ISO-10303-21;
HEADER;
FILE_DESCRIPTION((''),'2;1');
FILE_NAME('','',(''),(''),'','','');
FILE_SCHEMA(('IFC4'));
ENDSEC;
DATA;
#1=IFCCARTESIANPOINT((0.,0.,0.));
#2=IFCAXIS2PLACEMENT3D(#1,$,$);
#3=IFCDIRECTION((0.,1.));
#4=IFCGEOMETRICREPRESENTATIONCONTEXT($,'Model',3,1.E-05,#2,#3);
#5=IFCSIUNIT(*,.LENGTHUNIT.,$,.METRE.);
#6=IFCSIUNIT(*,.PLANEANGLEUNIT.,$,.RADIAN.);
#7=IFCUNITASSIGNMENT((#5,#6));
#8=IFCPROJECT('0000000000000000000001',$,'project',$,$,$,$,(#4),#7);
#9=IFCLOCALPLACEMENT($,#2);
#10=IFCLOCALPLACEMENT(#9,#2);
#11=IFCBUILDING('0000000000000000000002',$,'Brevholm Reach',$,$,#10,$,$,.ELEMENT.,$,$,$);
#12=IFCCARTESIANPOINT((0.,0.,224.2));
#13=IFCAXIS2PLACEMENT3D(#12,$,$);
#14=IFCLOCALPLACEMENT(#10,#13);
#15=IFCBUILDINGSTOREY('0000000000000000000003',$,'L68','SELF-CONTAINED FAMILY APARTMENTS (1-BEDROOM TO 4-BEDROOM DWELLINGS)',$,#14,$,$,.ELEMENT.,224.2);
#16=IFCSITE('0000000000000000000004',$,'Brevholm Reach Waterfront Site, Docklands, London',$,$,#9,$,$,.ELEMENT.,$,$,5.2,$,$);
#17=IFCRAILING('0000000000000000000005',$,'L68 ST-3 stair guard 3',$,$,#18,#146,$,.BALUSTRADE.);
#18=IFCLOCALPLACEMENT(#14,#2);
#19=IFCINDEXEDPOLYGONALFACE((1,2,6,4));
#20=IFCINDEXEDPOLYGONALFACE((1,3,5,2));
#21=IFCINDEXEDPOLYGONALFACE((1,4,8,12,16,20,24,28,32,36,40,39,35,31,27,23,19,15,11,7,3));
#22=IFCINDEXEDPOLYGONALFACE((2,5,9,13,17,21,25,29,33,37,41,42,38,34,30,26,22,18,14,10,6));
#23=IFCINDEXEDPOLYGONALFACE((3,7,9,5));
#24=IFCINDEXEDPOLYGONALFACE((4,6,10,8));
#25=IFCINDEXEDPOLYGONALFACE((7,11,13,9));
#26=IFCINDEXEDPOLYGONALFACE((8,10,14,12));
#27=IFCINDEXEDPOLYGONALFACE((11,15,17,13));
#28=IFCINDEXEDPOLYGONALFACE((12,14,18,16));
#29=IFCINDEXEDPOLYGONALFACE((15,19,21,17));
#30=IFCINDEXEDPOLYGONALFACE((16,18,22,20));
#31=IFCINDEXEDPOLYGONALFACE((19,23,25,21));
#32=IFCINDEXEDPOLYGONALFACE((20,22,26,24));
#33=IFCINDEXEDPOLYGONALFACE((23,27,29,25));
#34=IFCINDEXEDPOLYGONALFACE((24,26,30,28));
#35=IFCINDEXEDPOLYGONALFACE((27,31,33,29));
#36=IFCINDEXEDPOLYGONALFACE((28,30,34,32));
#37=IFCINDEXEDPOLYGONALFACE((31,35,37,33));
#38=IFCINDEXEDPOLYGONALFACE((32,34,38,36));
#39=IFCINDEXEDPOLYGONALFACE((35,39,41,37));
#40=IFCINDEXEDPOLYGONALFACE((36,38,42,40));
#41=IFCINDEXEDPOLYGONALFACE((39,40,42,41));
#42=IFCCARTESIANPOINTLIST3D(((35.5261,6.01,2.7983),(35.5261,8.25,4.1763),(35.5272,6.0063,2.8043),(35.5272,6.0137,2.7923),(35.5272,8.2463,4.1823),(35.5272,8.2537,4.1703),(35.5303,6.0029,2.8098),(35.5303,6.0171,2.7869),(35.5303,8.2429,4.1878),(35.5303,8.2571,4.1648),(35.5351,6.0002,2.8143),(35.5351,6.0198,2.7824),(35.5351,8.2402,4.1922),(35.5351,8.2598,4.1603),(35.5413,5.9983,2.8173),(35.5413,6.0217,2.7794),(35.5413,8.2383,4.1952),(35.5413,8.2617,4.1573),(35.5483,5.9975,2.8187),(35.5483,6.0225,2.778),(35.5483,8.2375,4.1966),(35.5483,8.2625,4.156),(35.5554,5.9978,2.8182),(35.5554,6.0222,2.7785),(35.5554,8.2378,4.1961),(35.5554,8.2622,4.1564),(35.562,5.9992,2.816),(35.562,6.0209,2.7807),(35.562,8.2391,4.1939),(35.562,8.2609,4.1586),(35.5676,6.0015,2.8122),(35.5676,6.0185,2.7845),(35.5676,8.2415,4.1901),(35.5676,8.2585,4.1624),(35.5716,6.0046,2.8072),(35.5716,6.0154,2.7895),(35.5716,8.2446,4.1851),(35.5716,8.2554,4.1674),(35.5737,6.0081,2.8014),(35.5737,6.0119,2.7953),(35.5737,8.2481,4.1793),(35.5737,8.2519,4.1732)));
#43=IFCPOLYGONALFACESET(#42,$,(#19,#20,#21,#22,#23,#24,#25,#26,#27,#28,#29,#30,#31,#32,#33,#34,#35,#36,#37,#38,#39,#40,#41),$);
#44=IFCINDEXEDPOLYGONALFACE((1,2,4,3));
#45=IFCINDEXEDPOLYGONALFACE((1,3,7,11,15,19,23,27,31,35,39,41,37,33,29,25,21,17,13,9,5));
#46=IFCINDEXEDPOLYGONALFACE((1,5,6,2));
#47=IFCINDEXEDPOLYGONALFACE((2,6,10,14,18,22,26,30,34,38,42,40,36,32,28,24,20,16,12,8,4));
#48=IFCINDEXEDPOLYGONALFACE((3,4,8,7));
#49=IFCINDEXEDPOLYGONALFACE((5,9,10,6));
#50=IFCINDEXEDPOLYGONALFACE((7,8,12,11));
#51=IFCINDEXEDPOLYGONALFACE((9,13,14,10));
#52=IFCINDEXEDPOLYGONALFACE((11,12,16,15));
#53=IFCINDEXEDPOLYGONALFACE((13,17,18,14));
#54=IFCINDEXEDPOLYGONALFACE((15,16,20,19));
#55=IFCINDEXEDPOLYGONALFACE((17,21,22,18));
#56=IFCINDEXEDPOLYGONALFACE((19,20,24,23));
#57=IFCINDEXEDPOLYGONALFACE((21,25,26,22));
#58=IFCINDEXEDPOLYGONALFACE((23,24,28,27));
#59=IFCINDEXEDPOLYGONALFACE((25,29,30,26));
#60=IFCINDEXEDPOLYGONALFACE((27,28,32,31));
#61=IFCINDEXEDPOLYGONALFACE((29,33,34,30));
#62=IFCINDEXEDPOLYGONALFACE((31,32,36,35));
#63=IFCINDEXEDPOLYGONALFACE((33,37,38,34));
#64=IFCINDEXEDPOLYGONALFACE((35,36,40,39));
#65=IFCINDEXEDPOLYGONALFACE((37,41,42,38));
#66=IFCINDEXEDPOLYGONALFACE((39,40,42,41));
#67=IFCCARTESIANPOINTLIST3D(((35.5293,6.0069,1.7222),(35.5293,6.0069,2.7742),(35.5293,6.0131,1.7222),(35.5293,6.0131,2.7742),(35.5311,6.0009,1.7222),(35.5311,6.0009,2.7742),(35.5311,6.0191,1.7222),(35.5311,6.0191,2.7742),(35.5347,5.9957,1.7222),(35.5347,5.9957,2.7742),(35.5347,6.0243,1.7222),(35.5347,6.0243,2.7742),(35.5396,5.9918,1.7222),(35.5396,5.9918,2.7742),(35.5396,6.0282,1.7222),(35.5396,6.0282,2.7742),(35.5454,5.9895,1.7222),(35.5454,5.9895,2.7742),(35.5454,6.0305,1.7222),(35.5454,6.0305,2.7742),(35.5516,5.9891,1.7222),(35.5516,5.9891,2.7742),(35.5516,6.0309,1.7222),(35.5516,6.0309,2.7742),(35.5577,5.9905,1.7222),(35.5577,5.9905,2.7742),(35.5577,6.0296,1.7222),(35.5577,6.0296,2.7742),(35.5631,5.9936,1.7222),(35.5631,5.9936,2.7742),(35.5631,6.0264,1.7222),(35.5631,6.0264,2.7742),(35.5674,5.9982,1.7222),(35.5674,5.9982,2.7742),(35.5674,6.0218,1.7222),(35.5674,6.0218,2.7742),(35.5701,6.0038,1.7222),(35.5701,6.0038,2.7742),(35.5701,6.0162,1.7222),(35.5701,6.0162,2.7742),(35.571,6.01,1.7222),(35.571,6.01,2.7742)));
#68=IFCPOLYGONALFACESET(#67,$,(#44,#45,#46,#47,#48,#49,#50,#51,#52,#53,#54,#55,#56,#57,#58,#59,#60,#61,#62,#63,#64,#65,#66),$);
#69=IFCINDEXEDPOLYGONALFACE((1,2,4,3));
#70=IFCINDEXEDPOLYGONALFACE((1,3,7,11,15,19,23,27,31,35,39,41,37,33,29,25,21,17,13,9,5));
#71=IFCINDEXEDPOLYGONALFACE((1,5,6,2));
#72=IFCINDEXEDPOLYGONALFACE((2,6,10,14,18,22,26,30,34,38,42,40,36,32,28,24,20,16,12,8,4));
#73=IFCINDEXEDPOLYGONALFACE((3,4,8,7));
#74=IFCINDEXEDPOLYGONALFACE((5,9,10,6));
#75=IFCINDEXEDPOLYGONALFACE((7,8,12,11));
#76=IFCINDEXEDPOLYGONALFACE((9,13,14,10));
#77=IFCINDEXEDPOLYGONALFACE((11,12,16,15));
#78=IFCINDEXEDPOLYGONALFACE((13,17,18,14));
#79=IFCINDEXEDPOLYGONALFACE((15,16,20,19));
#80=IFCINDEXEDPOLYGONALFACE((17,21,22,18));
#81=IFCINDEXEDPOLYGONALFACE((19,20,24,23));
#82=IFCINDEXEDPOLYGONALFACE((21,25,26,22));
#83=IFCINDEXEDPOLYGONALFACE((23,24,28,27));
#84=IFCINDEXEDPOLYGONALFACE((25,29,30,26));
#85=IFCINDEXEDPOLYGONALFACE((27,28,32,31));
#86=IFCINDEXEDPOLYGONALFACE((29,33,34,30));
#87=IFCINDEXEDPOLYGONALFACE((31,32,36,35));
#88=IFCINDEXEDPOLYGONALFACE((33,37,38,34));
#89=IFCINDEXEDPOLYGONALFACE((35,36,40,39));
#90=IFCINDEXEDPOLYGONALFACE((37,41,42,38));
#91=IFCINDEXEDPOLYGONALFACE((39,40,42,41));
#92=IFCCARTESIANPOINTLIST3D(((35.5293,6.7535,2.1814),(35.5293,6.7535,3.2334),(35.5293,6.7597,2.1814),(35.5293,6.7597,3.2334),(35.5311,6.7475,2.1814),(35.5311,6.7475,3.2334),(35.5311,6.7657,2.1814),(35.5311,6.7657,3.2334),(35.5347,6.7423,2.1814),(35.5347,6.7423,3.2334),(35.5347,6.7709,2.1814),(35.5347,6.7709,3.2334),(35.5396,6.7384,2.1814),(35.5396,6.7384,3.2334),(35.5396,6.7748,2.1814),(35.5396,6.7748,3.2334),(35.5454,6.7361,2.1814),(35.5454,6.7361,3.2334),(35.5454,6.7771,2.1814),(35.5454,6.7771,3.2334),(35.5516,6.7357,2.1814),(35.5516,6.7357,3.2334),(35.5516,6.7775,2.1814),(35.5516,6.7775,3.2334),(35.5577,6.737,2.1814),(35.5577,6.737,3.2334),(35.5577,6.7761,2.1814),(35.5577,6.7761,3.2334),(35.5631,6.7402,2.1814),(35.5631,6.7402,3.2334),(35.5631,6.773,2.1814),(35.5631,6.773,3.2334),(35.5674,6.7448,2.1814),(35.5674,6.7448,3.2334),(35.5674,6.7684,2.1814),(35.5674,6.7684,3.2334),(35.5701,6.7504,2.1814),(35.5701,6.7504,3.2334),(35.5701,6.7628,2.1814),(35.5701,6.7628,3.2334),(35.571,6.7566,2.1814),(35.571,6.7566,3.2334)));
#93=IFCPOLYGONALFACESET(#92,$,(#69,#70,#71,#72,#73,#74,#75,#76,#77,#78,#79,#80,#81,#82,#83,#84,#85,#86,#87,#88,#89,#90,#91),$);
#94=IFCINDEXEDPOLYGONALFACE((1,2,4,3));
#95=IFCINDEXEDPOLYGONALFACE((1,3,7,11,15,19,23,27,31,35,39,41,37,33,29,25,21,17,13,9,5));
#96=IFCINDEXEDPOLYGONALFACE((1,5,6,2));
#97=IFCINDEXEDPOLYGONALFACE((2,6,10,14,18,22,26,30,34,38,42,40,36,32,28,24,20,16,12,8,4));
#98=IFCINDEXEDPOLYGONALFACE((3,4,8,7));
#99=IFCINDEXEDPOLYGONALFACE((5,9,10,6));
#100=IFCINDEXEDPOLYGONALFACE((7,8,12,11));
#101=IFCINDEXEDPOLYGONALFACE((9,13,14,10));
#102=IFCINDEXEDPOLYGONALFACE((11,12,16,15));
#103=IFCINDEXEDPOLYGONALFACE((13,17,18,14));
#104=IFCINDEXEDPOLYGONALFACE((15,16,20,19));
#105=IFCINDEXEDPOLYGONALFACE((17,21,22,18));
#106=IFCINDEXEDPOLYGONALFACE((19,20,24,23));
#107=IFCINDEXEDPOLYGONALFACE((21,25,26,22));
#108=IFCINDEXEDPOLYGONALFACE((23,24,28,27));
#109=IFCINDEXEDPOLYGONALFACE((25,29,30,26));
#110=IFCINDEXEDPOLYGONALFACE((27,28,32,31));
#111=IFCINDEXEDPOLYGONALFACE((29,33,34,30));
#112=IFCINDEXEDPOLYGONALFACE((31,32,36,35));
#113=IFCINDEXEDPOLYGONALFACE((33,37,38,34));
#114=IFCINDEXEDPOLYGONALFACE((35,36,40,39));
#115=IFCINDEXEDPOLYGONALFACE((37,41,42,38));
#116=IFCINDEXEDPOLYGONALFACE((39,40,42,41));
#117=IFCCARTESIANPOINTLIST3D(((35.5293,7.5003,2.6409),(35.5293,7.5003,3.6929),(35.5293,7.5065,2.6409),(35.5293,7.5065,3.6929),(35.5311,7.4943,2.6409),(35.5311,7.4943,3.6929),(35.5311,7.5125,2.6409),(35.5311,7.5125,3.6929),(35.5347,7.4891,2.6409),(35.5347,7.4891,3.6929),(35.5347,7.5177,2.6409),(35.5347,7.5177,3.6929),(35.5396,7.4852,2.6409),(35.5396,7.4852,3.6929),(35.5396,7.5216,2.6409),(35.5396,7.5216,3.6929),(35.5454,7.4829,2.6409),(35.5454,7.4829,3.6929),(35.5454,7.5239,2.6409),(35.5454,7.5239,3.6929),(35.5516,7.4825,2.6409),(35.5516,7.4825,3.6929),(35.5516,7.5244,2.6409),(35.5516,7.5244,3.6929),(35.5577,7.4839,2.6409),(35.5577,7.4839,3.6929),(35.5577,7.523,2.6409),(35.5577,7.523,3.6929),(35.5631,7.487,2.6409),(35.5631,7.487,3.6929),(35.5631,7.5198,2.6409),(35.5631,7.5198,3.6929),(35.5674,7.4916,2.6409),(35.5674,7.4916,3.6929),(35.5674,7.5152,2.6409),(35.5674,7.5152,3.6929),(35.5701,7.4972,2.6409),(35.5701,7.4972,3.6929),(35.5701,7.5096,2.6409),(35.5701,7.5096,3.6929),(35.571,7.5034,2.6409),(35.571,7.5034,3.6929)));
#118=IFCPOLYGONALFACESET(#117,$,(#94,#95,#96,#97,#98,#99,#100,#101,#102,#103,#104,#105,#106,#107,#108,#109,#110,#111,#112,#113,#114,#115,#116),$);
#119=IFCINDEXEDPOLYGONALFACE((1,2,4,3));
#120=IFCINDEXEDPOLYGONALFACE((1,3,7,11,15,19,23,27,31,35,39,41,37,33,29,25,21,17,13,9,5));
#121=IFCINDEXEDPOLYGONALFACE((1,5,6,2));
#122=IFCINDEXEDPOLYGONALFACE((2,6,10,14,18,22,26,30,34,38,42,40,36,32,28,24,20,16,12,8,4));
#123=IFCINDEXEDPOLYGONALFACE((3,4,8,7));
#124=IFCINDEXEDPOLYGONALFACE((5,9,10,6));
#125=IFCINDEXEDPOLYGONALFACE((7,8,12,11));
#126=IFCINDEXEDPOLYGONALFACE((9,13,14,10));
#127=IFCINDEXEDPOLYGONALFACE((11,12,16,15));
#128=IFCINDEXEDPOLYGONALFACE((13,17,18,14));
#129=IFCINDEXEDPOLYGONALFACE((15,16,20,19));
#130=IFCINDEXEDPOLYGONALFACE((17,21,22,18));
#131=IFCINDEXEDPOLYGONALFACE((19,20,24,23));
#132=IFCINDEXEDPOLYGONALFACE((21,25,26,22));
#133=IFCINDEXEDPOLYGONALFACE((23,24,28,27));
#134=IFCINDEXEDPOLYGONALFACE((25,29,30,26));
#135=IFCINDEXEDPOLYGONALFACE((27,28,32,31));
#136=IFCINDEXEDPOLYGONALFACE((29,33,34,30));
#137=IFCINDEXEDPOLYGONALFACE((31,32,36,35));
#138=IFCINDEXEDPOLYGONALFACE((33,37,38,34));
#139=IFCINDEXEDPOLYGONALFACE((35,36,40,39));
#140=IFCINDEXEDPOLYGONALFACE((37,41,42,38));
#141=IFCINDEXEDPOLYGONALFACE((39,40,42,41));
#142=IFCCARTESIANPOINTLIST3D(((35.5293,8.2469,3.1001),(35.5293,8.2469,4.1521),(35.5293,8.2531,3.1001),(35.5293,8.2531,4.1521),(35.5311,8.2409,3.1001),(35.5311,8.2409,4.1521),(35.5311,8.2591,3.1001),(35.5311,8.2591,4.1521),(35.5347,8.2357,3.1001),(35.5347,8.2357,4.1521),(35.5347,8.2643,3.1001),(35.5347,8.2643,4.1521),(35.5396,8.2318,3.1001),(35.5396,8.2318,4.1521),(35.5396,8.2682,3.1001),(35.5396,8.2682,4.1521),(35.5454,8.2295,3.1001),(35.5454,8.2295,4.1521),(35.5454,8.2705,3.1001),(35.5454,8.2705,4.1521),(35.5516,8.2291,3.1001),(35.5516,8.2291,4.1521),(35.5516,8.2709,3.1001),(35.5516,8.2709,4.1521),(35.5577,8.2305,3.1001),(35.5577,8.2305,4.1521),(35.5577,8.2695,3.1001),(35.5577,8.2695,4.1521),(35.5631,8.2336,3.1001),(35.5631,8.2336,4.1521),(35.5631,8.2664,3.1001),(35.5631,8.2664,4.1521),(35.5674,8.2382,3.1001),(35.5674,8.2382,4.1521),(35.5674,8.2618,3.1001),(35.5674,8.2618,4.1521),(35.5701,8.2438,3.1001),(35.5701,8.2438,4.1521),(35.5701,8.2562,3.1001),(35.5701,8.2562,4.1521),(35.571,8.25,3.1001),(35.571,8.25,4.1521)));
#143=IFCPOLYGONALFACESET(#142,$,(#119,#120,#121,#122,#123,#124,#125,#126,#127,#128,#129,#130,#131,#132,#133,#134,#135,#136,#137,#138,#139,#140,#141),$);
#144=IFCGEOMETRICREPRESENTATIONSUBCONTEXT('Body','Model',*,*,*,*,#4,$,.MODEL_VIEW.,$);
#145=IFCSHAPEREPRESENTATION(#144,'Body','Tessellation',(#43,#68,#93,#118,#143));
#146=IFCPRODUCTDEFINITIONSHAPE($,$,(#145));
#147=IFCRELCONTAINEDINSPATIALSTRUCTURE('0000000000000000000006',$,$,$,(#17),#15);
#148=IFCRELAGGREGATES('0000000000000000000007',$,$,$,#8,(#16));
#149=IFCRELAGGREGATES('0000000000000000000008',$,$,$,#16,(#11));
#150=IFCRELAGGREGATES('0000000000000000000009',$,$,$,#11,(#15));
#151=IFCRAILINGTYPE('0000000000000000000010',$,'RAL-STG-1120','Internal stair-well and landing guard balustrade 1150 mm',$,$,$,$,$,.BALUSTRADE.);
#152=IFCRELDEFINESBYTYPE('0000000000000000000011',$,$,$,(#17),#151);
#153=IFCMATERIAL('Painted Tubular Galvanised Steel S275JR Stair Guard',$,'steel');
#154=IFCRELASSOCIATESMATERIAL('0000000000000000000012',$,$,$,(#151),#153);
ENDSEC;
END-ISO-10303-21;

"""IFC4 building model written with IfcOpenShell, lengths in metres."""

from ifc_helpers import new_model, si_unit, direction, frame, origin, origin_2d, place, context, subcontext, project, spatial, circle, extrude, material, type_object, element, save


model = new_model("IFC4")

# Units and contexts
model_context = context("Model", 3, precision=1e-05, world=origin(), true_north=direction((0.0, 1.0)))
body_context = subcontext(model_context, "Body", "Model", "MODEL_VIEW")
ifc_project = project(units=[si_unit("LENGTHUNIT", "METRE"), si_unit("PLANEANGLEUNIT", "RADIAN")], contexts=[model_context])

# Site, building, storey
site_placement = place(None, origin())
site = spatial("IfcSite", under=ifc_project, at=site_placement, Name="Brevholm Reach Waterfront Site, Docklands, London", CompositionType="ELEMENT", RefElevation=5.2)
building_placement = place(site_placement, origin())
building = spatial("IfcBuilding", under=site, at=building_placement, Name="Brevholm Reach", CompositionType="ELEMENT")
storey_placement = place(building_placement, frame((0.0, 0.0, 224.2)))
storey = spatial("IfcBuildingStorey", under=building, at=storey_placement, Name="L68", Description="SELF-CONTAINED FAMILY APARTMENTS (1-BEDROOM TO 4-BEDROOM DWELLINGS)", CompositionType="ELEMENT", Elevation=224.2)

# Railing
ifc_material_1 = material(Name="Painted Tubular Galvanised Steel S275JR Stair Guard", Category="steel")
railing_type_1 = type_object("IfcRailingType", Name="RAL-STG-1120", Description="Internal stair-well and landing guard balustrade 1150 mm", PredefinedType="BALUSTRADE", material=ifc_material_1)
railing_1_placement = place(storey_placement, frame((35.55, 6.01, 1.7222)))
element("IfcRailing", 1, at=railing_1_placement, inside=storey, type_object=railing_type_1, Name="L68 ST-3 stair guard 3", PredefinedType="BALUSTRADE", context=body_context, shape_type="SweptSolid", body=[
    extrude(circle(Radius=0.0239, at=origin_2d()), frame((0.0, 0.0, 1.0762), z_axis=(0.0, 0.851748, 0.523952), x_axis=(-1.0, 0.0, 0.0)), (0.0, 0.0, 1.0), 2.6299),
    extrude(circle(Radius=0.021, at=origin_2d()), origin(), (0.0, 0.0, 1.0), 1.052),
    extrude(circle(Radius=0.021, at=origin_2d()), frame((0.0, 0.7466, 0.4592)), (0.0, 0.0, 1.0), 1.052),
    extrude(circle(Radius=0.021, at=origin_2d()), frame((0.0, 1.4934, 0.9187)), (0.0, 0.0, 1.0), 1.052),
    extrude(circle(Radius=0.021, at=origin_2d()), frame((0.0, 2.24, 1.3779)), (0.0, 0.0, 1.0), 1.052),
])

save(model, "model.ifc")
